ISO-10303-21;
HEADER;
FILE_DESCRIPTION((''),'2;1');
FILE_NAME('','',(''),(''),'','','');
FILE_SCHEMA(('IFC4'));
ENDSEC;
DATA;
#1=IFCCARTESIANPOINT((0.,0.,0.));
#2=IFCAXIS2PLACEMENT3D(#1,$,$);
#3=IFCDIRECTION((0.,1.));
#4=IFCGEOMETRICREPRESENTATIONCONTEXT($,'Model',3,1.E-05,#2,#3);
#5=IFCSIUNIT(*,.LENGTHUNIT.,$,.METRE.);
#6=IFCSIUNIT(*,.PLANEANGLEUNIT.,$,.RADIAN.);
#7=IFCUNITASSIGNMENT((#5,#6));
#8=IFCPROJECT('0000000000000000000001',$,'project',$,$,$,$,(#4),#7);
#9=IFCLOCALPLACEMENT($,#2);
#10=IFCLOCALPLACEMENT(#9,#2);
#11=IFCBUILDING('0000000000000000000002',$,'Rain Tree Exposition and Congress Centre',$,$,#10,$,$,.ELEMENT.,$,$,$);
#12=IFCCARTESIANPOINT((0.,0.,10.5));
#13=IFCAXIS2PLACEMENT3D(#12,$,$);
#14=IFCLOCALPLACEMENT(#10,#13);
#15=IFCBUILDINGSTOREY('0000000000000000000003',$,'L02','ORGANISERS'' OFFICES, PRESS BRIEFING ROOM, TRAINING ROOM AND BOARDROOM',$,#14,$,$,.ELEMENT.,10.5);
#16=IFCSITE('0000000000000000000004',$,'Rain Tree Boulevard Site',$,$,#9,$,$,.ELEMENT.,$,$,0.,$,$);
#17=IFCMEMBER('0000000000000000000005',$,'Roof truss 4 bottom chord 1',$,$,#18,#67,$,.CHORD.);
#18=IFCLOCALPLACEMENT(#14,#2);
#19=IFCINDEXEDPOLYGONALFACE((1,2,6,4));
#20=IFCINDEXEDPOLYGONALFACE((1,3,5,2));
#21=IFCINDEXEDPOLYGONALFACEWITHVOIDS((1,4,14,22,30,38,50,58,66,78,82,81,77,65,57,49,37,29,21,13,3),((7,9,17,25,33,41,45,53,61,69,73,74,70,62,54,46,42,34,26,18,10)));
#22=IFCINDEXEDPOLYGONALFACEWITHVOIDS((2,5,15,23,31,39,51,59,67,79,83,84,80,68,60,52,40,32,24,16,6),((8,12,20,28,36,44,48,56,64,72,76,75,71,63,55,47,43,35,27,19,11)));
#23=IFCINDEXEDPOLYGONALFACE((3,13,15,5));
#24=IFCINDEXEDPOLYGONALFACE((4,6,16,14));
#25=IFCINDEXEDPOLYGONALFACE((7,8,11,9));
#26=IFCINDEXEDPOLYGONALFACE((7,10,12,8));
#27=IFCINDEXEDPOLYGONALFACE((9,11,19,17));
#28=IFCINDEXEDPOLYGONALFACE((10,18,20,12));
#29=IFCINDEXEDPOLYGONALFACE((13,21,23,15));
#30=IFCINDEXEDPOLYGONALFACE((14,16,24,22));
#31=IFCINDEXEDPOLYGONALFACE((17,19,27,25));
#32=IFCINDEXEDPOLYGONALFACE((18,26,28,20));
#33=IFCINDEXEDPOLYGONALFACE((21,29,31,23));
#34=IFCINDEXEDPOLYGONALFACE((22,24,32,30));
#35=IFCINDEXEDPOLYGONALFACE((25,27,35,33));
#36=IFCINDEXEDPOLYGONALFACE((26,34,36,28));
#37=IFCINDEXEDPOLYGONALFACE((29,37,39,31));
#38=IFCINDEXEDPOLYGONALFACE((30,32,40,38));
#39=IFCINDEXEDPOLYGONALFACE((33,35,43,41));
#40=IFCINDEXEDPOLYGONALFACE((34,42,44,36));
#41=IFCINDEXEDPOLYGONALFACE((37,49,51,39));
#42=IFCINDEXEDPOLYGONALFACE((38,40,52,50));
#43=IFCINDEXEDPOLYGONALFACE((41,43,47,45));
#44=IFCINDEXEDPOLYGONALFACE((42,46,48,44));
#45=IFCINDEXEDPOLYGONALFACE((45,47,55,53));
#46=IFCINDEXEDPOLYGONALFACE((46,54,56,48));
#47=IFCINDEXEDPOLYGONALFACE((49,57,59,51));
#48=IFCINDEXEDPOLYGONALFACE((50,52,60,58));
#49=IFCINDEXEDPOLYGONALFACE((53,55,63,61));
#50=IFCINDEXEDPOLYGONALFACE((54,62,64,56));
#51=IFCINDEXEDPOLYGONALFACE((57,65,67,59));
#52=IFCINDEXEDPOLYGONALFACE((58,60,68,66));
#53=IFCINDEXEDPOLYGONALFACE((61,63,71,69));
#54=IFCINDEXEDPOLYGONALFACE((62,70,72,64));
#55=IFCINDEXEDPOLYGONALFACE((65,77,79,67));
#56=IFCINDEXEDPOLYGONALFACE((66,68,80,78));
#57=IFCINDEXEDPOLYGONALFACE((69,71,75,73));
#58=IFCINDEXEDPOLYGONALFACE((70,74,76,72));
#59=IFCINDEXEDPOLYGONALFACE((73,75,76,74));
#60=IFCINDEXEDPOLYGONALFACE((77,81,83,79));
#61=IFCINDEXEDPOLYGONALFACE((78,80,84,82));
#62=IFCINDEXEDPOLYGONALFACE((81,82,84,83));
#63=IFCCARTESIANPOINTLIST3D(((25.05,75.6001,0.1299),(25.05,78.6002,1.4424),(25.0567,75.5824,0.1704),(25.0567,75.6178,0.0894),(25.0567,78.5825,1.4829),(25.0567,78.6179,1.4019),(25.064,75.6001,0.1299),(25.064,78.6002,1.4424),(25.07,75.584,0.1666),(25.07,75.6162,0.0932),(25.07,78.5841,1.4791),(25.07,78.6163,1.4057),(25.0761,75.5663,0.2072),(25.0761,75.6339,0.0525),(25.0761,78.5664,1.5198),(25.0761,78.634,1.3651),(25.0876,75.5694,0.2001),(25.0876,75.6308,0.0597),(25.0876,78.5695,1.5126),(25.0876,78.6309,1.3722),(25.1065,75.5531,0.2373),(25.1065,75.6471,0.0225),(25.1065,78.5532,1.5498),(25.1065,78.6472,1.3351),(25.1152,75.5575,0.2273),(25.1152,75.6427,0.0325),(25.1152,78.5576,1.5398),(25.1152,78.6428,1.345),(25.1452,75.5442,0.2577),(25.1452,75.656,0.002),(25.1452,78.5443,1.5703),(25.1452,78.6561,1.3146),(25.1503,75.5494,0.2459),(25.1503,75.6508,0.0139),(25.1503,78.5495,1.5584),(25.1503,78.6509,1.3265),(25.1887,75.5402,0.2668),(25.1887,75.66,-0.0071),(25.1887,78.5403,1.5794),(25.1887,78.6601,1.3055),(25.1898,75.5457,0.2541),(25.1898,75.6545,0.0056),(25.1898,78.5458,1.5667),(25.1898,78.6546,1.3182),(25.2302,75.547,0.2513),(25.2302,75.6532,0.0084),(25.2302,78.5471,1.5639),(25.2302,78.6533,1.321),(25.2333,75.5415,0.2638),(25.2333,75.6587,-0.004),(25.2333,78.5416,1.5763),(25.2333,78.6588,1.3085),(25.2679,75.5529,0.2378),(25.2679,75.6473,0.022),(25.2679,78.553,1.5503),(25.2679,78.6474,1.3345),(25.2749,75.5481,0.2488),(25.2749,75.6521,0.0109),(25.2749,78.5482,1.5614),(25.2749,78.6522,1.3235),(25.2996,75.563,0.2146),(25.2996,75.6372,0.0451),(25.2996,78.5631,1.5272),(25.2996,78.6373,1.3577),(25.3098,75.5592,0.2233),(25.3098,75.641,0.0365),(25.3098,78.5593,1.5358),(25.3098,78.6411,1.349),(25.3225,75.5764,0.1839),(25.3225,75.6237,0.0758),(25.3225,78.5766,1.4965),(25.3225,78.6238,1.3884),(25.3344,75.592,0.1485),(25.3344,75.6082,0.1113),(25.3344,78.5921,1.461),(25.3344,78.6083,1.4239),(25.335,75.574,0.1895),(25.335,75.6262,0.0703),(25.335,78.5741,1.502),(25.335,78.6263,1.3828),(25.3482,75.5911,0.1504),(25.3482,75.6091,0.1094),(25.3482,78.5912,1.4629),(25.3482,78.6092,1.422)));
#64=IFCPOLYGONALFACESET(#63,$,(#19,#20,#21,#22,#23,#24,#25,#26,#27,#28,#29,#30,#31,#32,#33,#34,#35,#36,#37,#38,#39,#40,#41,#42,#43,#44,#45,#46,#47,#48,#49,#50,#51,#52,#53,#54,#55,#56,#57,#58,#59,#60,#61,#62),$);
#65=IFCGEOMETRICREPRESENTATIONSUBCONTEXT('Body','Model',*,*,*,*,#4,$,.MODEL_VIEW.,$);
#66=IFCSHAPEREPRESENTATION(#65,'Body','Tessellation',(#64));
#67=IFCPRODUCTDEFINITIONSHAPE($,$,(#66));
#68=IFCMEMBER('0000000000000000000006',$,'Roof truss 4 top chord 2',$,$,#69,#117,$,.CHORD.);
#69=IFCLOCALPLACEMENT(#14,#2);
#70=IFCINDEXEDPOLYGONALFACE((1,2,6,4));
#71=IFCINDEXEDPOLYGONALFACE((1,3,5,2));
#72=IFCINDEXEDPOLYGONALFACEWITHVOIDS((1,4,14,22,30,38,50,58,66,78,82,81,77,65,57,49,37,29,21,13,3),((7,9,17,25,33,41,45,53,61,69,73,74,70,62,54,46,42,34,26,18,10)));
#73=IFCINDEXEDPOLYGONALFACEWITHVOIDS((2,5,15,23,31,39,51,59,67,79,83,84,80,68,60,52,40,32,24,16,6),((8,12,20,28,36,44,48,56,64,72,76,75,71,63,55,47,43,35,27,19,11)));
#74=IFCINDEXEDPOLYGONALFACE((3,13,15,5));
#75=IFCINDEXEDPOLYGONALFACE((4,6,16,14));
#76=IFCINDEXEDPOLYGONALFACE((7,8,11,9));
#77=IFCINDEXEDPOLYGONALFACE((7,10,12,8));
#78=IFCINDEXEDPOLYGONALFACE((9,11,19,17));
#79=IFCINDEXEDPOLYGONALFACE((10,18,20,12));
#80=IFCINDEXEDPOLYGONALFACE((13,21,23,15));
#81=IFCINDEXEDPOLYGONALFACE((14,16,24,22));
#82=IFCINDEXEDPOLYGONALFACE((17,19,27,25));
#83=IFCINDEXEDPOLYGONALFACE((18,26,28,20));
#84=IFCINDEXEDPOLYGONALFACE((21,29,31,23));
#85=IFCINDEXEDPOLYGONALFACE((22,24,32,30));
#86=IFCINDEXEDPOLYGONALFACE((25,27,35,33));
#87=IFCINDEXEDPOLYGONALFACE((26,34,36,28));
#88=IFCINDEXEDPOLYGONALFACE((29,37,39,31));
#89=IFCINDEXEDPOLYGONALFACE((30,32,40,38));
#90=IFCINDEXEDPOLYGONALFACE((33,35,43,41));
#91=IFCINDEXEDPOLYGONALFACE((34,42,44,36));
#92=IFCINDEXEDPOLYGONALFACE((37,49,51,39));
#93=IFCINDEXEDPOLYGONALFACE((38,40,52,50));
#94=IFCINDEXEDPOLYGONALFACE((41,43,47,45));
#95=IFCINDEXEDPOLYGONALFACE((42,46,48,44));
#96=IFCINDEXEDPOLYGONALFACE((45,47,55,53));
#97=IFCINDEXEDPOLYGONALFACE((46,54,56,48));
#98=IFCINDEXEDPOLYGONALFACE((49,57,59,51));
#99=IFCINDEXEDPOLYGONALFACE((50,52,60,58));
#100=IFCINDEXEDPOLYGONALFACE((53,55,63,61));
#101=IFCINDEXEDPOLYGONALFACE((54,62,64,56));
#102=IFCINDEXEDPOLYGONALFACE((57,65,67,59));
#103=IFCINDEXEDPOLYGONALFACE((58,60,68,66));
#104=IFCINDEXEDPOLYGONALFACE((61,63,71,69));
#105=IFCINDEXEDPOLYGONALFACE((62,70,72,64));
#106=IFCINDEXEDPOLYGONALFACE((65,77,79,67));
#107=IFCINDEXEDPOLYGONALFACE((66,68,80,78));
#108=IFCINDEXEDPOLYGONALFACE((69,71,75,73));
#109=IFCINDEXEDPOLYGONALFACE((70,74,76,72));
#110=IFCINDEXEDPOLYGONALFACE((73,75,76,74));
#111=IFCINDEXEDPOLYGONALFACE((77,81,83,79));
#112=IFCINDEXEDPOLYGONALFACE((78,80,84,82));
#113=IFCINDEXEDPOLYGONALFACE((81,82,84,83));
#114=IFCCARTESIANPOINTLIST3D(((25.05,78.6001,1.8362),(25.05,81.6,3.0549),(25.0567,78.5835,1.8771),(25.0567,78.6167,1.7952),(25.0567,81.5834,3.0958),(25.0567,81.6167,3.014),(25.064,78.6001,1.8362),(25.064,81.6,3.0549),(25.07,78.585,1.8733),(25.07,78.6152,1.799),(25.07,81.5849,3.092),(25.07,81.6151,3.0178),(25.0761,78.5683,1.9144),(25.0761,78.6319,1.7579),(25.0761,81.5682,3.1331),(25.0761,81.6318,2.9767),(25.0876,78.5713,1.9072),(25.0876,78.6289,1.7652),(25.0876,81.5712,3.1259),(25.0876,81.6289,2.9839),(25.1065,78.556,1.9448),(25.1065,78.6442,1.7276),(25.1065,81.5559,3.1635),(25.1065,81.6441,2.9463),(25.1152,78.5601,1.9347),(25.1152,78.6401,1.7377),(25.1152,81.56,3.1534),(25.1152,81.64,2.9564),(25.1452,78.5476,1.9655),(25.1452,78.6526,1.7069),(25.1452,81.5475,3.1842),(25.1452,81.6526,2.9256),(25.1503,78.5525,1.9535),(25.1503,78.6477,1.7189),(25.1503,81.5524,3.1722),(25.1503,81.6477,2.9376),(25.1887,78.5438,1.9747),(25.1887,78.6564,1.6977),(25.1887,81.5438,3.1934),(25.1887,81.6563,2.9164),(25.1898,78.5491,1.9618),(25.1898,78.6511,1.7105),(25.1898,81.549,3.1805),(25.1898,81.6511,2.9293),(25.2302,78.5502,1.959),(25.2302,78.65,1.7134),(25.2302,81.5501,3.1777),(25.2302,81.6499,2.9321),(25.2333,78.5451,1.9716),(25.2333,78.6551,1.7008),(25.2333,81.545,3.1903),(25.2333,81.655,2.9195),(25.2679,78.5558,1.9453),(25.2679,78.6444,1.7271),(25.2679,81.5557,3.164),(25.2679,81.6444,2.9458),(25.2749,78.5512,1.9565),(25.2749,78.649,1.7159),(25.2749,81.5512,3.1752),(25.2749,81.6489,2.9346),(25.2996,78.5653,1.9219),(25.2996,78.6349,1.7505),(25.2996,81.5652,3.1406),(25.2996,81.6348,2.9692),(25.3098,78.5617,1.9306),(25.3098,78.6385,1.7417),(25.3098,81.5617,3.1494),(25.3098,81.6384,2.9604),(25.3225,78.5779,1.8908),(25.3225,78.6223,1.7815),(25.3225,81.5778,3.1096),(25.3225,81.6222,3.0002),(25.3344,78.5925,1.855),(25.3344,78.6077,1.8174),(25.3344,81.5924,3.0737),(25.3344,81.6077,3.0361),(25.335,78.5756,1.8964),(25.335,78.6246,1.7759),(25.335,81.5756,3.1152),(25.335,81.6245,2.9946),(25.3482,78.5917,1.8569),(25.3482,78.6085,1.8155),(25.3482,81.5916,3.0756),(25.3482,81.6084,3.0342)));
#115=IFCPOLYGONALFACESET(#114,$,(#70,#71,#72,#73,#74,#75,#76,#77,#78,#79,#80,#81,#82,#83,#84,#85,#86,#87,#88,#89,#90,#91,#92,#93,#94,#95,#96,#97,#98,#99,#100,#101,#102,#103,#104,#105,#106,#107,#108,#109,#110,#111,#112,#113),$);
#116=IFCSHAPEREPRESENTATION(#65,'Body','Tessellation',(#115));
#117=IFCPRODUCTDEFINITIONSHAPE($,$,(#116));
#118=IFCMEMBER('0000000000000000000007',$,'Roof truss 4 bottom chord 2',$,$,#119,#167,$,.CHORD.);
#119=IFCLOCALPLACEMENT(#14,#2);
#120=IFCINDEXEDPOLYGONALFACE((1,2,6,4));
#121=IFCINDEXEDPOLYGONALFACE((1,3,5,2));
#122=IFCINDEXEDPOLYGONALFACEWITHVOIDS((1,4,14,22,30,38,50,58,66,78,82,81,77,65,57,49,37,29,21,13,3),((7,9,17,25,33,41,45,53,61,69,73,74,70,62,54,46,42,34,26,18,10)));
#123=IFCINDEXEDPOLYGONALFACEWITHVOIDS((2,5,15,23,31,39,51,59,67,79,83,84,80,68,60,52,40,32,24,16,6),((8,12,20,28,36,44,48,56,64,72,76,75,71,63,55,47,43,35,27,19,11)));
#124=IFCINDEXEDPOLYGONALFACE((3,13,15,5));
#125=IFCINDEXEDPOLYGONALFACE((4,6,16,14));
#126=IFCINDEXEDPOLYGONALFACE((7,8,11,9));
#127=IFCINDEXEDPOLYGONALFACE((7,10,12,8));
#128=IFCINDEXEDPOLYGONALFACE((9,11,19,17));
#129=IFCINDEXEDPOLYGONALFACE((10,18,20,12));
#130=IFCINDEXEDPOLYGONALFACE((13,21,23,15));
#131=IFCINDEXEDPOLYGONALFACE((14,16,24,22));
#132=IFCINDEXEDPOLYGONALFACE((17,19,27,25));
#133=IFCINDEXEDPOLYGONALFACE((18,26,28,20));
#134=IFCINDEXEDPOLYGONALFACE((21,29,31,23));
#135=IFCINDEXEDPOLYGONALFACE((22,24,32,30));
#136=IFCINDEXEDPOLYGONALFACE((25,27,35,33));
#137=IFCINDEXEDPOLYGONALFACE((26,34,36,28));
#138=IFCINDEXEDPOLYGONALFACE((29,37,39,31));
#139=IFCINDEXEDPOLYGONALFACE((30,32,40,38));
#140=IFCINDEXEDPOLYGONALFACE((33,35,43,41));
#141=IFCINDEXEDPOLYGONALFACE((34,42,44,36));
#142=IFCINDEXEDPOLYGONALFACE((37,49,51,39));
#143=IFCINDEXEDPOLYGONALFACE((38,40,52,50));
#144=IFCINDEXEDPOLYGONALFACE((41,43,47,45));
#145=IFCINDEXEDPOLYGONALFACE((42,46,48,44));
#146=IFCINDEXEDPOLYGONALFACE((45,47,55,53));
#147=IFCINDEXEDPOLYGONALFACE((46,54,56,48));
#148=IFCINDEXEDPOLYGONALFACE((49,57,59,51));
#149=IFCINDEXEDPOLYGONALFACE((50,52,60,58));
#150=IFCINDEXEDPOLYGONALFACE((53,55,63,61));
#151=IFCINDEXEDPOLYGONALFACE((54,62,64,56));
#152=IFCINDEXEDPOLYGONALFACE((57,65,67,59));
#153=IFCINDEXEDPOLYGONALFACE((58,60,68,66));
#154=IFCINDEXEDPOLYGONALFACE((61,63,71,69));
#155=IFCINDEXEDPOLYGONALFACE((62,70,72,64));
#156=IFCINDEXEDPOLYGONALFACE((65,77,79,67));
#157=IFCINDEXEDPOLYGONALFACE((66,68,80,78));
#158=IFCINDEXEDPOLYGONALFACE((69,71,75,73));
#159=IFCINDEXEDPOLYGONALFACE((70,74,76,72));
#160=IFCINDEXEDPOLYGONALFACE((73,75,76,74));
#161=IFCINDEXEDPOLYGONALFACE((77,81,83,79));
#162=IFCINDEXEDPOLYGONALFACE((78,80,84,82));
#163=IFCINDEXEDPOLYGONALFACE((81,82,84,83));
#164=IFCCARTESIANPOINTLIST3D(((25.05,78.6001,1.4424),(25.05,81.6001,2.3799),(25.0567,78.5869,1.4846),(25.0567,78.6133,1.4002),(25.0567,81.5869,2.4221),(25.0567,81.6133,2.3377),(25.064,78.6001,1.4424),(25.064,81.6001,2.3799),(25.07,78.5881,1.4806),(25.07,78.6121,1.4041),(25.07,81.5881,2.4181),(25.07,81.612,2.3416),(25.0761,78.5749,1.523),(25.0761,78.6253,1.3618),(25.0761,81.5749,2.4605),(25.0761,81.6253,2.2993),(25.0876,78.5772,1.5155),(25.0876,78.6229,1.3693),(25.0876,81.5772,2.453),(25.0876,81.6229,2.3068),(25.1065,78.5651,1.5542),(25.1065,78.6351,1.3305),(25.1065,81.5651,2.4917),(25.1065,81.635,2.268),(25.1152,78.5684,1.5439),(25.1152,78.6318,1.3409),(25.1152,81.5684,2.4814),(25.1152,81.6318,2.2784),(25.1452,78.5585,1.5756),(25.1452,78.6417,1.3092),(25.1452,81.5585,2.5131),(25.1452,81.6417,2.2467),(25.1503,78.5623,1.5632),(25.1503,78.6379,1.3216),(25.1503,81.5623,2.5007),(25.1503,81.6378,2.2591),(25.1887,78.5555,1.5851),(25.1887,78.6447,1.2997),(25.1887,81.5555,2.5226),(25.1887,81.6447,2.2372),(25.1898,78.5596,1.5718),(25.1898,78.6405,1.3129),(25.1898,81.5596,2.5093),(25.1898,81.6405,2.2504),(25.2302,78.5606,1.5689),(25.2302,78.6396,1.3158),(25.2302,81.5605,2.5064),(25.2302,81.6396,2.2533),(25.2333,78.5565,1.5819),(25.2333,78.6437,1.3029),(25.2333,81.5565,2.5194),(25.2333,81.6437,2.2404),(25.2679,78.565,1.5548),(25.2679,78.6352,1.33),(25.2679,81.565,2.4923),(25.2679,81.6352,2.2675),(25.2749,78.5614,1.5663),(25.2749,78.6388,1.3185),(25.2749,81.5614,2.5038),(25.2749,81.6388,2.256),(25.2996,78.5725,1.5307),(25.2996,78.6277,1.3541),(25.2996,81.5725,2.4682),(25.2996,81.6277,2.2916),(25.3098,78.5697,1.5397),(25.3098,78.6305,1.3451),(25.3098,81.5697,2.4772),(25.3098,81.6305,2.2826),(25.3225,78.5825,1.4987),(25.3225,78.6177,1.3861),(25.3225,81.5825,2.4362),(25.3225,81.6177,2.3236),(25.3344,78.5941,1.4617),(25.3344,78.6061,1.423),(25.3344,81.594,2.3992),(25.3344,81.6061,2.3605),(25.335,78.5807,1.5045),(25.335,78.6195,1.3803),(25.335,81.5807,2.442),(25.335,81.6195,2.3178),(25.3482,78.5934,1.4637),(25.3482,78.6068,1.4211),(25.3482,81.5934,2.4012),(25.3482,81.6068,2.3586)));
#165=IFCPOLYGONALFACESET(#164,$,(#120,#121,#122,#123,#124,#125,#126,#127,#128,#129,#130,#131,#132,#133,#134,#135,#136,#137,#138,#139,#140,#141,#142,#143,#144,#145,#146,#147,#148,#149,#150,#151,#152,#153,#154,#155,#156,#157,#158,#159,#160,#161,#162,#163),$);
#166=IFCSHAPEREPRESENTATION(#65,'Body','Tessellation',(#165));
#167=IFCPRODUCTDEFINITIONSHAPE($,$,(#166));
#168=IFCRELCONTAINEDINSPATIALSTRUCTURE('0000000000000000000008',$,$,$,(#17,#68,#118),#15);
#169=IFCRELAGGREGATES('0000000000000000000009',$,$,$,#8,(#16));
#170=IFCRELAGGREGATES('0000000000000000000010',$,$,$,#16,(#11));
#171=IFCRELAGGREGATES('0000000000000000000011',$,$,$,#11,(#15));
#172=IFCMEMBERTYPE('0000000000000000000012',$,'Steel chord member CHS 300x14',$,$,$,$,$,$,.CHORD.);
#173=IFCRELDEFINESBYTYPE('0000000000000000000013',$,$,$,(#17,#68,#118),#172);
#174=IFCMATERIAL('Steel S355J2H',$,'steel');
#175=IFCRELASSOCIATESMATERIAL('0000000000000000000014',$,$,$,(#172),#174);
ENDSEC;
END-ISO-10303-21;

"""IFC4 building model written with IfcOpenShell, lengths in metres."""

from ifc_helpers import new_model, si_unit, direction, frame, origin, origin_2d, place, context, subcontext, project, spatial, hollow_circle, extrude, material, material_profile, profile_set, type_object, element, save


model = new_model("IFC4")

# Units and contexts
model_context = context("Model", 3, precision=1e-05, world=origin(), true_north=direction((0.0, 1.0)))
body_context = subcontext(model_context, "Body", "Model", "MODEL_VIEW")
ifc_project = project(units=[si_unit("LENGTHUNIT", "METRE"), si_unit("PLANEANGLEUNIT", "RADIAN")], contexts=[model_context])

# Site, building, storey
site_placement = place(None, origin())
site = spatial("IfcSite", under=ifc_project, at=site_placement, Name="Rain Tree Boulevard Site", CompositionType="ELEMENT", RefElevation=0.0)
building_placement = place(site_placement, origin())
building = spatial("IfcBuilding", under=site, at=building_placement, Name="Rain Tree Exposition and Congress Centre", CompositionType="ELEMENT")
storey_placement = place(building_placement, frame((0.0, 0.0, 10.5)))
storey = spatial("IfcBuildingStorey", under=building, at=storey_placement, Name="L02", Description="ORGANISERS' OFFICES, PRESS BRIEFING ROOM, TRAINING ROOM AND BOARDROOM", CompositionType="ELEMENT", Elevation=10.5)

# Members
ifc_material_1 = material(Name="Steel S355J2H", Category="steel")
ifc_material_profile_1 = material_profile(ifc_material_1, hollow_circle(Radius=0.1499, WallThickness=0.0139, at=origin_2d()), Name="CHS 300x14")
ifc_profile_set_1 = profile_set([ifc_material_profile_1], Name="Steel S355J2H")
member_type_1 = type_object("IfcMemberType", Name="Steel chord member CHS 300x14", PredefinedType="CHORD", material=ifc_profile_set_1)
member_1_placement = place(storey_placement, frame((25.2, 75.6001, 0.1299), z_axis=(0.0, 0.916157, 0.400819), x_axis=(-1.0, 0.0, 0.0)))
element("IfcMember", 1, at=member_1_placement, inside=storey, type_object=member_type_1, Name="Roof truss 4 bottom chord 1", PredefinedType="CHORD", context=body_context, shape_type="SweptSolid", body=[
    extrude(hollow_circle(Radius=0.1499, WallThickness=0.0139, at=origin_2d()), origin(), (0.0, 0.0, 1.0), 3.2747),
])
member_2_placement = place(storey_placement, frame((25.2, 78.6001, 1.8362), z_axis=(0.0, 0.926467, 0.376377), x_axis=(-1.0, 0.0, 0.0)))
element("IfcMember", 2, at=member_2_placement, inside=storey, type_object=member_type_1, Name="Roof truss 4 top chord 2", PredefinedType="CHORD", context=body_context, shape_type="SweptSolid", body=[
    extrude(hollow_circle(Radius=0.1499, WallThickness=0.0139, at=origin_2d()), origin(), (0.0, 0.0, 1.0), 3.238),
])
member_3_placement = place(storey_placement, frame((25.2, 78.6001, 1.4424), z_axis=(0.0, 0.95448, 0.298275), x_axis=(-1.0, 0.0, 0.0)))
element("IfcMember", 3, at=member_3_placement, inside=storey, type_object=member_type_1, Name="Roof truss 4 bottom chord 2", PredefinedType="CHORD", context=body_context, shape_type="SweptSolid", body=[
    extrude(hollow_circle(Radius=0.1499, WallThickness=0.0139, at=origin_2d()), origin(), (0.0, 0.0, 1.0), 3.1431),
])

save(model, "model.ifc")
